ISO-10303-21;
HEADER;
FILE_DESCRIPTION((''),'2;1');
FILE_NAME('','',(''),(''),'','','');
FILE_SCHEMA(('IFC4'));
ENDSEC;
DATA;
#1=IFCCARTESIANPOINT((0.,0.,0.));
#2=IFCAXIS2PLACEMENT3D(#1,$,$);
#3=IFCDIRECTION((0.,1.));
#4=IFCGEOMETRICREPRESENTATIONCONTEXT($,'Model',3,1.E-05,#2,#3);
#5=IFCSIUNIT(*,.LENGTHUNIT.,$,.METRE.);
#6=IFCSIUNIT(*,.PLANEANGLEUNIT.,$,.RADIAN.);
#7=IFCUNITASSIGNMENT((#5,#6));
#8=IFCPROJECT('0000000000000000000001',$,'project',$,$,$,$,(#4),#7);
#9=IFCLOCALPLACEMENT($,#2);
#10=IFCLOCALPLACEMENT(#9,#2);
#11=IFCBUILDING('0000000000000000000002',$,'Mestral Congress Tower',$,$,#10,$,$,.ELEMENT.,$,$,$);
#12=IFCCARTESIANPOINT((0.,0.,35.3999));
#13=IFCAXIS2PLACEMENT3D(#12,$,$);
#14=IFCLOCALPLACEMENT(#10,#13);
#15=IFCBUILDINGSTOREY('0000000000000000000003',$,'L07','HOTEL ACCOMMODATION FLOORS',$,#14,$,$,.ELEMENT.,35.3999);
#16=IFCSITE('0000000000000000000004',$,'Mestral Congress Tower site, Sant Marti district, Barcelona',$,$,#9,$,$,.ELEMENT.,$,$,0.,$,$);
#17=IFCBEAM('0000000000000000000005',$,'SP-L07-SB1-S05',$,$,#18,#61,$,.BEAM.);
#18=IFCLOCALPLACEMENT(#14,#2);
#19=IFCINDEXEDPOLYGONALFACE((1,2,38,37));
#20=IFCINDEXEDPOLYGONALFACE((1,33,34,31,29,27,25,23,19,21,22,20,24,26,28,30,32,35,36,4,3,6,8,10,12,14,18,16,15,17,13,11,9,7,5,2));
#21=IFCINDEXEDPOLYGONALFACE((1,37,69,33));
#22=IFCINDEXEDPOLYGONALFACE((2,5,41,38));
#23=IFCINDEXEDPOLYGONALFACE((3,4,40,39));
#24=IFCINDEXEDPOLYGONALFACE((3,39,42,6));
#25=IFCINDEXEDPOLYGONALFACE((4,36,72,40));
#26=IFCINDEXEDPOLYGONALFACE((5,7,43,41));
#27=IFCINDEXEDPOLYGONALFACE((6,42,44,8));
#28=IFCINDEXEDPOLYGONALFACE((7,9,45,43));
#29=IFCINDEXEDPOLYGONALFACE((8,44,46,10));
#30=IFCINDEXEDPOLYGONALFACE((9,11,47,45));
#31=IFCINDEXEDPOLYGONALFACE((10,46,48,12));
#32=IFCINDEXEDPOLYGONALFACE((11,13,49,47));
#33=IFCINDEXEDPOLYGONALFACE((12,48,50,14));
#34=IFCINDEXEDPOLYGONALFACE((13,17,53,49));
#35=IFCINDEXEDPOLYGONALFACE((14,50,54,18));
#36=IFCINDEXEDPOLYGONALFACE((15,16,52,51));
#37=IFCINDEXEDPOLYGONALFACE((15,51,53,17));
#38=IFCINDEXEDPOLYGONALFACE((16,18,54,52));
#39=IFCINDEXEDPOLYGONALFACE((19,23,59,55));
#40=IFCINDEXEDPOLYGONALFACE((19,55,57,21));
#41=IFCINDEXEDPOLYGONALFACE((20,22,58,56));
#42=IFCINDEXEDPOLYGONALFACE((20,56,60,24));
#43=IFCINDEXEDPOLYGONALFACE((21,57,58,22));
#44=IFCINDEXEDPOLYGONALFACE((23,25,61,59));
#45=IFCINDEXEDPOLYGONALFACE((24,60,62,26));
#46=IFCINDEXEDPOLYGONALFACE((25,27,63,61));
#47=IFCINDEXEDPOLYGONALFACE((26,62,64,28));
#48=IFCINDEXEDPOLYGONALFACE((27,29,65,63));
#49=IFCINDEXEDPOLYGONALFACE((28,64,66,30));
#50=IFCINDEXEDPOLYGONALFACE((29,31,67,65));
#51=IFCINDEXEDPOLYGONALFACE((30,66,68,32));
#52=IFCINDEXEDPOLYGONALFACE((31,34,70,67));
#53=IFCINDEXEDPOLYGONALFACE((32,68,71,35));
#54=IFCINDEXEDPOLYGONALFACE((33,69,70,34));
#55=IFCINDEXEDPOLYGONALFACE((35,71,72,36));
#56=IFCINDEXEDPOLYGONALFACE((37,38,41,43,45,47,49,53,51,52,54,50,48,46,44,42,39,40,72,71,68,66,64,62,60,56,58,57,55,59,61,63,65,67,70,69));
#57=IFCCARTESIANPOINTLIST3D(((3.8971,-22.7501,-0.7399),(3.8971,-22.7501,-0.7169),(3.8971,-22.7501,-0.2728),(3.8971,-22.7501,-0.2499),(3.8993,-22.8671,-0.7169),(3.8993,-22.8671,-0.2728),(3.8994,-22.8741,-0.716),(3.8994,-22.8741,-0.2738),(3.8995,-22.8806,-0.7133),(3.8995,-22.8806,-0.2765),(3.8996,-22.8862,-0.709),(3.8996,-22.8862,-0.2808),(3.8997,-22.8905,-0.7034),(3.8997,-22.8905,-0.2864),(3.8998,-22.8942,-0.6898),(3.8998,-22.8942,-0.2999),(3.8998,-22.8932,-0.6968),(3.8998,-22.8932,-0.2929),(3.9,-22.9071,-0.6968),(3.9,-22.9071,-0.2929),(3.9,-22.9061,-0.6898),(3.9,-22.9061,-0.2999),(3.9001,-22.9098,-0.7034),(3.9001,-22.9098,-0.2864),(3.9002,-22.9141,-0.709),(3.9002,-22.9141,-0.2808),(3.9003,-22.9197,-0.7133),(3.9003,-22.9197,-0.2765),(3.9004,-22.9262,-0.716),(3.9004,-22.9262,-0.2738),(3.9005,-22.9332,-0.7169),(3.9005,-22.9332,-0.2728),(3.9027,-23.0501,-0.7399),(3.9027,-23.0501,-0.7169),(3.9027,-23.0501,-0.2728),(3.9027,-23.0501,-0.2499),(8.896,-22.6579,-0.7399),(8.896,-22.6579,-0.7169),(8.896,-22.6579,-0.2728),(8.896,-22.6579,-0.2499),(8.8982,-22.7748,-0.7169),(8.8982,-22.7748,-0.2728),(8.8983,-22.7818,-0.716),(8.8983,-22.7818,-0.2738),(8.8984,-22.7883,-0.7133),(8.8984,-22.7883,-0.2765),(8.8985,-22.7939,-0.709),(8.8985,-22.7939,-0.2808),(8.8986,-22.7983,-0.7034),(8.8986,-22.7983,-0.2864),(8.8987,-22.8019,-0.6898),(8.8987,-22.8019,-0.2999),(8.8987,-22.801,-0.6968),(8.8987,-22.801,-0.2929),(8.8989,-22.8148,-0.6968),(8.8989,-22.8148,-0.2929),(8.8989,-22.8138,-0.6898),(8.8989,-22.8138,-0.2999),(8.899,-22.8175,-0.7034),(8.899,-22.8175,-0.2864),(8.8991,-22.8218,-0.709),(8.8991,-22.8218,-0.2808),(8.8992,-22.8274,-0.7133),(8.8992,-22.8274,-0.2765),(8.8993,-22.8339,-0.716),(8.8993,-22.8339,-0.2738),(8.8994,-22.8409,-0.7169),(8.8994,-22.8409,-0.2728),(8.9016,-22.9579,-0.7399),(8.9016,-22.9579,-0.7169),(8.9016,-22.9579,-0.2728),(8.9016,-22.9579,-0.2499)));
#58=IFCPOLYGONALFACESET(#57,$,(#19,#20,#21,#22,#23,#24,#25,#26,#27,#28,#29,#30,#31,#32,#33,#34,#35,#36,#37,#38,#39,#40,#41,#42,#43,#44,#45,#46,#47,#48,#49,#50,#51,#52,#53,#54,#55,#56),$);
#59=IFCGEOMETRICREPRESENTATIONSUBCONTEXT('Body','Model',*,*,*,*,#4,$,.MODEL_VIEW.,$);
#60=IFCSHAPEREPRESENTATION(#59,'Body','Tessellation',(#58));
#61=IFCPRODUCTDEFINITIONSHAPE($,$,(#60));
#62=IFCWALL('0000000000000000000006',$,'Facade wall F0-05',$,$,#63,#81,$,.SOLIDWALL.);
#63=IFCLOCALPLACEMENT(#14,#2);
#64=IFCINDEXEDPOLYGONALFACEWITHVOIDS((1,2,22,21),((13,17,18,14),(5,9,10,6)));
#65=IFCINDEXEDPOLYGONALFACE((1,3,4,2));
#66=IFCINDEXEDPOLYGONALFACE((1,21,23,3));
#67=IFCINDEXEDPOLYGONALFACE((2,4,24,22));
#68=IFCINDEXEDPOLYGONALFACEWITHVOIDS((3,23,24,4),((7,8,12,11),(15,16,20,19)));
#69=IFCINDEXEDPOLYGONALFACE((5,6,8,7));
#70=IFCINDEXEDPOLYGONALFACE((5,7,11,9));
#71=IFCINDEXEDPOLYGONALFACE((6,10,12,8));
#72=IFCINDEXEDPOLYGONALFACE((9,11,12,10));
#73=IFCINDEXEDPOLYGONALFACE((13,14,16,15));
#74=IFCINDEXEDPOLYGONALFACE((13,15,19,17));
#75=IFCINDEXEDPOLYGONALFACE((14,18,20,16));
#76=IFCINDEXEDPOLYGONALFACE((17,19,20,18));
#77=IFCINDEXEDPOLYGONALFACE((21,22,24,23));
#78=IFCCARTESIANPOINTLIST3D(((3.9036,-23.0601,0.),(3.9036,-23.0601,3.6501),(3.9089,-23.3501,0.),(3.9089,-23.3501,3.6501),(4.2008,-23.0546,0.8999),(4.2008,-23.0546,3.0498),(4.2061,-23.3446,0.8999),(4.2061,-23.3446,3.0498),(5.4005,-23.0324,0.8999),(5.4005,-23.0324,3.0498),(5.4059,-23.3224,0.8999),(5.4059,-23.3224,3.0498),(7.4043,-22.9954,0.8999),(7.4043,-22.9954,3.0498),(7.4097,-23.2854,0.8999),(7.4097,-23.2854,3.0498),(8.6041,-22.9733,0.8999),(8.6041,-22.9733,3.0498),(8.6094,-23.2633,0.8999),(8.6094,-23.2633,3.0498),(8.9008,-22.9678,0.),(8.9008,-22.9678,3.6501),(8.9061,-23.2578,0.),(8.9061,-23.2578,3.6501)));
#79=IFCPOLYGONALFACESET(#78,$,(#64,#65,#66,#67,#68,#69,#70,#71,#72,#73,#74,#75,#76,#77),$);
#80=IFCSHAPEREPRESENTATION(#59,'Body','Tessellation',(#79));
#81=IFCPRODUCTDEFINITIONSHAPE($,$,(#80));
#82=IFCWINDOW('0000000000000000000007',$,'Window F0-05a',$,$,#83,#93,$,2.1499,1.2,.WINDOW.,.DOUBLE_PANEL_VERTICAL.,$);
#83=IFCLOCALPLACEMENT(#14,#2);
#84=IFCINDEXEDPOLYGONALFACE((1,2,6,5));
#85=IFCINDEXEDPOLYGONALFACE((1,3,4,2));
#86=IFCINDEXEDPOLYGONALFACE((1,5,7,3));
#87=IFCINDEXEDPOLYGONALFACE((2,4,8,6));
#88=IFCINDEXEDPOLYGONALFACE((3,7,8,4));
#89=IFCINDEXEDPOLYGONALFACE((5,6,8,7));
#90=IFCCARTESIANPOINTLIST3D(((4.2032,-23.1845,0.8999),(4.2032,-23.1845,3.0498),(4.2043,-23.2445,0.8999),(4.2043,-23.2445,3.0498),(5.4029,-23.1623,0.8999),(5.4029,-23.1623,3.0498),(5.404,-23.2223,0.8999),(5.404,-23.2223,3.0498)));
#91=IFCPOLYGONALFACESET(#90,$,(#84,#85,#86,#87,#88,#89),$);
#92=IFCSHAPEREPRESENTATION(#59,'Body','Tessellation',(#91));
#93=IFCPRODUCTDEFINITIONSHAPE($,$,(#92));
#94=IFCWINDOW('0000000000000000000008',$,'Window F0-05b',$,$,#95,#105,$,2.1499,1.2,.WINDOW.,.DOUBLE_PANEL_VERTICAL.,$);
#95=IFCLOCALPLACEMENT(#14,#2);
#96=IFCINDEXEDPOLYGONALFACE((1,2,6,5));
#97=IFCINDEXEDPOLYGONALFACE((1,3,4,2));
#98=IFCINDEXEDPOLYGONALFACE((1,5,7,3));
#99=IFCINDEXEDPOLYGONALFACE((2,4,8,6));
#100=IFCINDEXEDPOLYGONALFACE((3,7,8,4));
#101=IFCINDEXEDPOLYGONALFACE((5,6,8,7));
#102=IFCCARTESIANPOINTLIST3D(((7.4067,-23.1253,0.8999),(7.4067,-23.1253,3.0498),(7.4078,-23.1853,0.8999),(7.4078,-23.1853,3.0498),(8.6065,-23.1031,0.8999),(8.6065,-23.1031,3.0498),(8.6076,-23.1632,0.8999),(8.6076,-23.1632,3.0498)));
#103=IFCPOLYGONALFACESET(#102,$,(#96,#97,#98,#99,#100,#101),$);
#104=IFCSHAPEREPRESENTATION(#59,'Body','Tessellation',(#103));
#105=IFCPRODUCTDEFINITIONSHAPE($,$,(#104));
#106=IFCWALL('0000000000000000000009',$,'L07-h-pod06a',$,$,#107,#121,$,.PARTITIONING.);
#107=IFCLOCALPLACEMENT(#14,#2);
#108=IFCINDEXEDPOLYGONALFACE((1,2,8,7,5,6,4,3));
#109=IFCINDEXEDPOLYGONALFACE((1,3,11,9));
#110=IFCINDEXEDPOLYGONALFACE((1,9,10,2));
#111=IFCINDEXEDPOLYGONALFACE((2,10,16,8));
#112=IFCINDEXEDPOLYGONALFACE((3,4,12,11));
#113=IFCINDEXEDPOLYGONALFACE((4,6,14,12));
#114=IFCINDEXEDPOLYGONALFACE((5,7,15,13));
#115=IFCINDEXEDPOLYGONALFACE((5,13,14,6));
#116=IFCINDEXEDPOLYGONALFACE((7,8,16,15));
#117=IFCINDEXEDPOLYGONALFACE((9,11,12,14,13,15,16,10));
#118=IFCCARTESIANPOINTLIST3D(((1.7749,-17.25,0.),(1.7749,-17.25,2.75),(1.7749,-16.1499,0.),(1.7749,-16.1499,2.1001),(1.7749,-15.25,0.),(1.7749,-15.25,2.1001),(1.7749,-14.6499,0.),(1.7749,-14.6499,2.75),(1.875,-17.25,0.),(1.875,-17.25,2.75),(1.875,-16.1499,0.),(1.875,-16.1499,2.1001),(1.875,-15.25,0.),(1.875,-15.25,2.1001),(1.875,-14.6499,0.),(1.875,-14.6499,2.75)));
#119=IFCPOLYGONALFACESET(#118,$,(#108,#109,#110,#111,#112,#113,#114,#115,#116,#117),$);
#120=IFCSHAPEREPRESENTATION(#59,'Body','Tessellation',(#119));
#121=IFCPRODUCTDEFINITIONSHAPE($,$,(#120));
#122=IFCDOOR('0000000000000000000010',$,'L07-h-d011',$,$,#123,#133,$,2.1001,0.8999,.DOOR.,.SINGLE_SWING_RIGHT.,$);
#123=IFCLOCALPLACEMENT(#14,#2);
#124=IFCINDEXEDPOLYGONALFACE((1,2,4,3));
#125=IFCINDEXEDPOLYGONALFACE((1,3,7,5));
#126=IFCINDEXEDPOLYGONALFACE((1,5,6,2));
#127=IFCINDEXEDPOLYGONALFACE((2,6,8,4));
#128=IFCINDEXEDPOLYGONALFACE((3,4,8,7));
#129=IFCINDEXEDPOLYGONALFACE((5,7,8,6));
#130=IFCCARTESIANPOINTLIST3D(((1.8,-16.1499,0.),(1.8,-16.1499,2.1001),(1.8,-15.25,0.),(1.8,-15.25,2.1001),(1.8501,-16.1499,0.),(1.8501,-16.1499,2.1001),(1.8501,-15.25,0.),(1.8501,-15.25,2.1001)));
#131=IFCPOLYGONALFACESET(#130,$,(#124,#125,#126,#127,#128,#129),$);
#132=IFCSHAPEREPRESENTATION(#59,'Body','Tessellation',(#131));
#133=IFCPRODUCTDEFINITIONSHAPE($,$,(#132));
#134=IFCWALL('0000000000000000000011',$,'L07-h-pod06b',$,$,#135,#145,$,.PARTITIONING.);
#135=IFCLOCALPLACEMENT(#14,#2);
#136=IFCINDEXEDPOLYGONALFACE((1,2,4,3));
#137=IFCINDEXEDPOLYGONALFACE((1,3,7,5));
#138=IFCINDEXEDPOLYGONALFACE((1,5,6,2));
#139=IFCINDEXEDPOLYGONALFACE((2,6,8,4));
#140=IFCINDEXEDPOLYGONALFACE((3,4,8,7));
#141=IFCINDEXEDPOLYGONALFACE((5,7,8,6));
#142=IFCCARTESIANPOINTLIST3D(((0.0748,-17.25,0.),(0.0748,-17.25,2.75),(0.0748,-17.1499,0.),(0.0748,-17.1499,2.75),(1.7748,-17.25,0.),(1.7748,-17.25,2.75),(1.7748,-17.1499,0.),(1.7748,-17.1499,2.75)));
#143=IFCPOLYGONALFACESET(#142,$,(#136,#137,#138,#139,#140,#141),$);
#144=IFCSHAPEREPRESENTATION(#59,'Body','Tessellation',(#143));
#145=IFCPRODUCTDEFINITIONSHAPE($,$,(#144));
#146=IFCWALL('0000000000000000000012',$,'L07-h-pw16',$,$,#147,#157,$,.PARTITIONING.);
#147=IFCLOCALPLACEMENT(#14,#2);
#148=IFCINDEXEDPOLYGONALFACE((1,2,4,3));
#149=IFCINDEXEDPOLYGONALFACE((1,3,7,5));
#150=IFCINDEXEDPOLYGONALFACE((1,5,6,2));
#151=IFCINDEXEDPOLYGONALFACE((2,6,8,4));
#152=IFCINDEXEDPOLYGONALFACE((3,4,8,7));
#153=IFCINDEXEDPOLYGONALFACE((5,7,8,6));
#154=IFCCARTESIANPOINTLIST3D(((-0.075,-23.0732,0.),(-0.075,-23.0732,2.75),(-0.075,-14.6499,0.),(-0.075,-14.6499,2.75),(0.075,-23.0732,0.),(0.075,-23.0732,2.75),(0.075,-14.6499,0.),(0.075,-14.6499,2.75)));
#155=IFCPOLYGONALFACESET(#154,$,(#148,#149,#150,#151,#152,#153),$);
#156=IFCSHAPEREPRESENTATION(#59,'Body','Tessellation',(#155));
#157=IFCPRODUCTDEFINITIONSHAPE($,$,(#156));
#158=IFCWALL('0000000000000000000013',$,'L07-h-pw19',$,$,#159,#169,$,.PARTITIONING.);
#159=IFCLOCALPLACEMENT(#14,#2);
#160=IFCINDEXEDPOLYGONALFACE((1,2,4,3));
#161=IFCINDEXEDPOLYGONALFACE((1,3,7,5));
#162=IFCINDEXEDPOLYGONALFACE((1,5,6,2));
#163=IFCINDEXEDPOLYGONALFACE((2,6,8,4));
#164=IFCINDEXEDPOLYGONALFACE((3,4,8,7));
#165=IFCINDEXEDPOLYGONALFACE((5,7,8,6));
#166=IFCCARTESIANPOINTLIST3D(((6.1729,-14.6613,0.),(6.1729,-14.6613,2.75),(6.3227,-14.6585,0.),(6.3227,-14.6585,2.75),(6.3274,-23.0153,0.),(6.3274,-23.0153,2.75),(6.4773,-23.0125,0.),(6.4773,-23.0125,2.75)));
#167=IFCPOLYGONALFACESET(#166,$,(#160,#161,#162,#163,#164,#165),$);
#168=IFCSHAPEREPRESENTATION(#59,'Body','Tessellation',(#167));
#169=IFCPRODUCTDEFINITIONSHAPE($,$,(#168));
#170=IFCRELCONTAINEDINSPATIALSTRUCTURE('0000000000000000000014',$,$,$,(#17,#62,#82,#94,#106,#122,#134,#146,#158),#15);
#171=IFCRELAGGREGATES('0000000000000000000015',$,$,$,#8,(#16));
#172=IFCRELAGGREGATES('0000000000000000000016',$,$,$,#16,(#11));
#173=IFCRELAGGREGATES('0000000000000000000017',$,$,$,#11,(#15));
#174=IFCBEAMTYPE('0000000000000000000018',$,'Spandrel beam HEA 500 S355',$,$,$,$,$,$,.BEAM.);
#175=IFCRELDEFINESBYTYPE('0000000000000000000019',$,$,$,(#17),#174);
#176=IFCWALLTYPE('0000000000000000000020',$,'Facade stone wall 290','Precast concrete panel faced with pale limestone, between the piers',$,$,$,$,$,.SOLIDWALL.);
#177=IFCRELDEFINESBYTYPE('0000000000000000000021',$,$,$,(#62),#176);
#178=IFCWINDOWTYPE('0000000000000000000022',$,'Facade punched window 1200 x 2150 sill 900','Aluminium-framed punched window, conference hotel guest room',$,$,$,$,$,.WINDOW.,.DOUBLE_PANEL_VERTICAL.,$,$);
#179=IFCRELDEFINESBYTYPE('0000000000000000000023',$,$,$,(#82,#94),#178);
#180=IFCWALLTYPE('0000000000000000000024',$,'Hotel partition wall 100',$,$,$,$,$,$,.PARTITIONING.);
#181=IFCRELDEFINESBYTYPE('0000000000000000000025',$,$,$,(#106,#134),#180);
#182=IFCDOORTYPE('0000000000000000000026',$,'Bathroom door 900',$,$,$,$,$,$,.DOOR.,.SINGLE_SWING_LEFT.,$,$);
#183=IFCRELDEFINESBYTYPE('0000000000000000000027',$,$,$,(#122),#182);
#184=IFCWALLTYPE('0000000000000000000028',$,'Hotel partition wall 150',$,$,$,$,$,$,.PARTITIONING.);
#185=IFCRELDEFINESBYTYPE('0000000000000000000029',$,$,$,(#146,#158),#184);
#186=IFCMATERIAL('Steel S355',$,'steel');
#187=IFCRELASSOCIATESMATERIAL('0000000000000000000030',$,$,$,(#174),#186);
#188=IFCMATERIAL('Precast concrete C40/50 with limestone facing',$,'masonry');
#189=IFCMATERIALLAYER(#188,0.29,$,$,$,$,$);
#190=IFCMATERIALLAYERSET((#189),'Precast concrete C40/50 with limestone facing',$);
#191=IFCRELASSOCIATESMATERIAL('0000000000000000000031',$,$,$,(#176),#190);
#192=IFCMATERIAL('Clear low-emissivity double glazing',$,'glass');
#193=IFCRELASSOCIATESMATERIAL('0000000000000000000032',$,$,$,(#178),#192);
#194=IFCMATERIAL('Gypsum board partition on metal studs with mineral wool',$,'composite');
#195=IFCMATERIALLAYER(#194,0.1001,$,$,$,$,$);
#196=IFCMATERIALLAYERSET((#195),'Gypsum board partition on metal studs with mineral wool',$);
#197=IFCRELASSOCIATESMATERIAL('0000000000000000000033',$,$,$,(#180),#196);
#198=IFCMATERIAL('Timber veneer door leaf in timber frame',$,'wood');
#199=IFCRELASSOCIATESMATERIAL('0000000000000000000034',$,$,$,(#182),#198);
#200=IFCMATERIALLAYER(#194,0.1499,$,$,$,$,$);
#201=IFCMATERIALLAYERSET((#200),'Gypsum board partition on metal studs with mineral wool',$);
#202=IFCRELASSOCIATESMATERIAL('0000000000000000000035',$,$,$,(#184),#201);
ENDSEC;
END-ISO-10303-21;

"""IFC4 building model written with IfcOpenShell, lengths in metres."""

from ifc_helpers import new_model, si_unit, direction, frame, frame_2d, origin, origin_2d, place, context, subcontext, project, spatial, rectangle, i_section, extrude, material, layer, layer_set, material_profile, profile_set, type_object, element, fill, save


model = new_model("IFC4")

# Units and contexts
model_context = context("Model", 3, precision=1e-05, world=origin(), true_north=direction((0.0, 1.0)))
body_context = subcontext(model_context, "Body", "Model", "MODEL_VIEW")
ifc_project = project(units=[si_unit("LENGTHUNIT", "METRE"), si_unit("PLANEANGLEUNIT", "RADIAN")], contexts=[model_context])

# Site, building, storey
site_placement = place(None, origin())
site = spatial("IfcSite", under=ifc_project, at=site_placement, Name="Mestral Congress Tower site, Sant Marti district, Barcelona", CompositionType="ELEMENT", RefElevation=0.0)
building_placement = place(site_placement, origin())
building = spatial("IfcBuilding", under=site, at=building_placement, Name="Mestral Congress Tower", CompositionType="ELEMENT")
storey_placement = place(building_placement, frame((0.0, 0.0, 35.3999)))
storey = spatial("IfcBuildingStorey", under=building, at=storey_placement, Name="L07", Description="HOTEL ACCOMMODATION FLOORS", CompositionType="ELEMENT", Elevation=35.3999)

# Beam
ifc_material_1 = material(Name="Steel S355", Category="steel")
ifc_material_profile_1 = material_profile(ifc_material_1, i_section(OverallWidth=0.3, OverallDepth=0.49, WebThickness=0.012, FlangeThickness=0.0229, FilletRadius=0.0271, at=origin_2d()), Name="HEA 500")
ifc_profile_set_1 = profile_set([ifc_material_profile_1], Name="Steel S355")
beam_type_1 = type_object("IfcBeamType", Name="Spandrel beam HEA 500 S355", PredefinedType="BEAM", material=ifc_profile_set_1)
beam_1_placement = place(storey_placement, frame((3.8999, -22.9001, -0.4949), z_axis=(0.99983, 0.018457, 0.0), x_axis=(-0.018457, 0.99983, 0.0)))
element("IfcBeam", 1, at=beam_1_placement, inside=storey, type_object=beam_type_1, Name="SP-L07-SB1-S05", PredefinedType="BEAM", context=body_context, shape_type="SweptSolid", body=[
    extrude(i_section(OverallWidth=0.3, OverallDepth=0.49, WebThickness=0.012, FlangeThickness=0.0229, FilletRadius=0.0271, at=origin_2d()), origin(), (0.0, 0.0, 1.0), 4.9998),
])

# Wall, openings, windows
ifc_material_2 = material(Name="Precast concrete C40/50 with limestone facing", Category="masonry")
ifc_layer_1 = layer(ifc_material_2, 0.29)
ifc_layer_set_1 = layer_set([ifc_layer_1], Name="Precast concrete C40/50 with limestone facing")
wall_type_1 = type_object("IfcWallType", Name="Facade stone wall 290", Description="Precast concrete panel faced with pale limestone, between the piers", PredefinedType="SOLIDWALL", material=ifc_layer_set_1)
wall_1_placement = place(storey_placement, frame((3.9062, -23.2051, 0.0), z_axis=(0.0, 0.0, 1.0), x_axis=(0.99983, 0.018464, 0.0)))
wall_1 = element("IfcWall", 2, at=wall_1_placement, inside=storey, type_object=wall_type_1, Name="Facade wall F0-05", PredefinedType="SOLIDWALL", context=body_context, shape_type="SweptSolid", body=[
    extrude(rectangle(XDim=4.998, YDim=0.29, at=frame_2d((2.499, 0.0))), origin(), (0.0, 0.0, 1.0), 3.6501),
])
opening_1_placement = place(wall_1_placement, frame((0.2971, 0.0, 0.8999)))
opening_1 = element("IfcOpeningElement", 3, at=opening_1_placement, cuts=wall_1, PredefinedType="OPENING", context=body_context, shape_type="SweptSolid", body=[
    extrude(rectangle(XDim=1.2, YDim=2.1499, at=frame_2d((0.6001, 1.075))), frame((0.0, 0.155, 0.0), z_axis=(0.0, -1.0, 0.0), x_axis=(1.0, 0.0, 0.0)), (0.0, 0.0, 1.0), 0.3101),
])
opening_2_placement = place(wall_1_placement, frame((3.5012, 0.0, 0.8999)))
opening_2 = element("IfcOpeningElement", 4, at=opening_2_placement, cuts=wall_1, PredefinedType="OPENING", context=body_context, shape_type="SweptSolid", body=[
    extrude(rectangle(XDim=1.2, YDim=2.1499, at=frame_2d((0.6001, 1.075))), frame((0.0, 0.155, 0.0), z_axis=(0.0, -1.0, 0.0), x_axis=(1.0, 0.0, 0.0)), (0.0, 0.0, 1.0), 0.3101),
])
ifc_material_3 = material(Name="Clear low-emissivity double glazing", Category="glass")
window_type = type_object("IfcWindowType", Name="Facade punched window 1200 x 2150 sill 900", Description="Aluminium-framed punched window, conference hotel guest room", PartitioningType="DOUBLE_PANEL_VERTICAL", PredefinedType="WINDOW", material=ifc_material_3)
window_1_placement = place(opening_1_placement, origin())
window_1 = element("IfcWindow", 5, at=window_1_placement, inside=storey, type_object=window_type, Name="Window F0-05a", OverallHeight=2.1499, OverallWidth=1.2, PartitioningType="DOUBLE_PANEL_VERTICAL", PredefinedType="WINDOW", context=body_context, shape_type="SweptSolid", body=[
    extrude(rectangle(XDim=1.2, YDim=2.1499, at=frame_2d((0.6001, 1.075))), frame((0.0, 0.0151, 0.0), z_axis=(0.0, -1.0, 0.0), x_axis=(1.0, 0.0, 0.0)), (0.0, 0.0, 1.0), 0.0601),
])
fill(opening_1, window_1)
window_2_placement = place(opening_2_placement, origin())
window_2 = element("IfcWindow", 6, at=window_2_placement, inside=storey, type_object=window_type, Name="Window F0-05b", OverallHeight=2.1499, OverallWidth=1.2, PartitioningType="DOUBLE_PANEL_VERTICAL", PredefinedType="WINDOW", context=body_context, shape_type="SweptSolid", body=[
    extrude(rectangle(XDim=1.2, YDim=2.1499, at=frame_2d((0.6001, 1.075))), frame((0.0, 0.0151, 0.0), z_axis=(0.0, -1.0, 0.0), x_axis=(1.0, 0.0, 0.0)), (0.0, 0.0, 1.0), 0.0601),
])
fill(opening_2, window_2)

# Wall, opening, door
ifc_material_4 = material(Name="Gypsum board partition on metal studs with mineral wool", Category="composite")
ifc_layer_2 = layer(ifc_material_4, 0.1001)
ifc_layer_set_2 = layer_set([ifc_layer_2], Name="Gypsum board partition on metal studs with mineral wool")
wall_type_2 = type_object("IfcWallType", Name="Hotel partition wall 100", PredefinedType="PARTITIONING", material=ifc_layer_set_2)
wall_2_placement = place(storey_placement, frame((1.825, -17.25, 0.0), z_axis=(0.0, 0.0, 1.0), x_axis=(0.0, 1.0, 0.0)))
wall_2 = element("IfcWall", 7, at=wall_2_placement, inside=storey, type_object=wall_type_2, Name="L07-h-pod06a", PredefinedType="PARTITIONING", context=body_context, shape_type="SweptSolid", body=[
    extrude(rectangle(XDim=2.6001, YDim=0.1001, at=frame_2d((1.3, 0.0))), origin(), (0.0, 0.0, 1.0), 2.75),
])
opening_3_placement = place(wall_2_placement, frame((1.1001, 0.0, 0.0)))
opening_3 = element("IfcOpeningElement", 8, at=opening_3_placement, cuts=wall_2, PredefinedType="OPENING", context=body_context, shape_type="SweptSolid", body=[
    extrude(rectangle(XDim=0.8999, YDim=2.1001, at=frame_2d((0.45, 1.05))), frame((0.0, 0.0601, 0.0), z_axis=(0.0, -1.0, 0.0), x_axis=(1.0, 0.0, 0.0)), (0.0, 0.0, 1.0), 0.1201),
])
ifc_material_5 = material(Name="Timber veneer door leaf in timber frame", Category="wood")
door_type = type_object("IfcDoorType", Name="Bathroom door 900", OperationType="SINGLE_SWING_LEFT", PredefinedType="DOOR", material=ifc_material_5)
door_placement = place(opening_3_placement, origin())
door = element("IfcDoor", 9, at=door_placement, inside=storey, type_object=door_type, Name="L07-h-d011", OperationType="SINGLE_SWING_RIGHT", OverallHeight=2.1001, OverallWidth=0.8999, PredefinedType="DOOR", context=body_context, shape_type="SweptSolid", body=[
    extrude(rectangle(XDim=0.8999, YDim=2.1001, at=frame_2d((0.45, 1.05))), frame((0.0, 0.0249, 0.0), z_axis=(0.0, -1.0, 0.0), x_axis=(1.0, 0.0, 0.0)), (0.0, 0.0, 1.0), 0.05),
])
fill(opening_3, door)

# Walls
wall_3_placement = place(storey_placement, frame((1.7749, -17.2, 0.0), z_axis=(0.0, 0.0, 1.0), x_axis=(-1.0, 0.0, 0.0)))
element("IfcWall", 10, at=wall_3_placement, inside=storey, type_object=wall_type_2, Name="L07-h-pod06b", PredefinedType="PARTITIONING", context=body_context, shape_type="SweptSolid", body=[
    extrude(rectangle(XDim=1.7, YDim=0.1001, at=frame_2d((0.8501, 0.0))), origin(), (0.0, 0.0, 1.0), 2.75),
])
ifc_layer_3 = layer(ifc_material_4, 0.1499)
ifc_layer_set_3 = layer_set([ifc_layer_3], Name="Gypsum board partition on metal studs with mineral wool")
wall_type_3 = type_object("IfcWallType", Name="Hotel partition wall 150", PredefinedType="PARTITIONING", material=ifc_layer_set_3)
wall_4_placement = place(storey_placement, frame((0.0, -23.0732, 0.0), z_axis=(0.0, 0.0, 1.0), x_axis=(0.0, 1.0, 0.0)))
element("IfcWall", 11, at=wall_4_placement, inside=storey, type_object=wall_type_3, Name="L07-h-pw16", PredefinedType="PARTITIONING", context=body_context, shape_type="SweptSolid", body=[
    extrude(rectangle(XDim=8.4233, YDim=0.1499, at=frame_2d((4.2117, 0.0))), origin(), (0.0, 0.0, 1.0), 2.75),
])
wall_5_placement = place(storey_placement, frame((6.4023, -23.0139, 0.0), z_axis=(0.0, 0.0, 1.0), x_axis=(-0.018496, 0.999829, 0.0)))
element("IfcWall", 12, at=wall_5_placement, inside=storey, type_object=wall_type_3, Name="L07-h-pw19", PredefinedType="PARTITIONING", context=body_context, shape_type="SweptSolid", body=[
    extrude(rectangle(XDim=8.3555, YDim=0.1499, at=frame_2d((4.1777, 0.0))), origin(), (0.0, 0.0, 1.0), 2.75),
])

save(model, "model.ifc")
